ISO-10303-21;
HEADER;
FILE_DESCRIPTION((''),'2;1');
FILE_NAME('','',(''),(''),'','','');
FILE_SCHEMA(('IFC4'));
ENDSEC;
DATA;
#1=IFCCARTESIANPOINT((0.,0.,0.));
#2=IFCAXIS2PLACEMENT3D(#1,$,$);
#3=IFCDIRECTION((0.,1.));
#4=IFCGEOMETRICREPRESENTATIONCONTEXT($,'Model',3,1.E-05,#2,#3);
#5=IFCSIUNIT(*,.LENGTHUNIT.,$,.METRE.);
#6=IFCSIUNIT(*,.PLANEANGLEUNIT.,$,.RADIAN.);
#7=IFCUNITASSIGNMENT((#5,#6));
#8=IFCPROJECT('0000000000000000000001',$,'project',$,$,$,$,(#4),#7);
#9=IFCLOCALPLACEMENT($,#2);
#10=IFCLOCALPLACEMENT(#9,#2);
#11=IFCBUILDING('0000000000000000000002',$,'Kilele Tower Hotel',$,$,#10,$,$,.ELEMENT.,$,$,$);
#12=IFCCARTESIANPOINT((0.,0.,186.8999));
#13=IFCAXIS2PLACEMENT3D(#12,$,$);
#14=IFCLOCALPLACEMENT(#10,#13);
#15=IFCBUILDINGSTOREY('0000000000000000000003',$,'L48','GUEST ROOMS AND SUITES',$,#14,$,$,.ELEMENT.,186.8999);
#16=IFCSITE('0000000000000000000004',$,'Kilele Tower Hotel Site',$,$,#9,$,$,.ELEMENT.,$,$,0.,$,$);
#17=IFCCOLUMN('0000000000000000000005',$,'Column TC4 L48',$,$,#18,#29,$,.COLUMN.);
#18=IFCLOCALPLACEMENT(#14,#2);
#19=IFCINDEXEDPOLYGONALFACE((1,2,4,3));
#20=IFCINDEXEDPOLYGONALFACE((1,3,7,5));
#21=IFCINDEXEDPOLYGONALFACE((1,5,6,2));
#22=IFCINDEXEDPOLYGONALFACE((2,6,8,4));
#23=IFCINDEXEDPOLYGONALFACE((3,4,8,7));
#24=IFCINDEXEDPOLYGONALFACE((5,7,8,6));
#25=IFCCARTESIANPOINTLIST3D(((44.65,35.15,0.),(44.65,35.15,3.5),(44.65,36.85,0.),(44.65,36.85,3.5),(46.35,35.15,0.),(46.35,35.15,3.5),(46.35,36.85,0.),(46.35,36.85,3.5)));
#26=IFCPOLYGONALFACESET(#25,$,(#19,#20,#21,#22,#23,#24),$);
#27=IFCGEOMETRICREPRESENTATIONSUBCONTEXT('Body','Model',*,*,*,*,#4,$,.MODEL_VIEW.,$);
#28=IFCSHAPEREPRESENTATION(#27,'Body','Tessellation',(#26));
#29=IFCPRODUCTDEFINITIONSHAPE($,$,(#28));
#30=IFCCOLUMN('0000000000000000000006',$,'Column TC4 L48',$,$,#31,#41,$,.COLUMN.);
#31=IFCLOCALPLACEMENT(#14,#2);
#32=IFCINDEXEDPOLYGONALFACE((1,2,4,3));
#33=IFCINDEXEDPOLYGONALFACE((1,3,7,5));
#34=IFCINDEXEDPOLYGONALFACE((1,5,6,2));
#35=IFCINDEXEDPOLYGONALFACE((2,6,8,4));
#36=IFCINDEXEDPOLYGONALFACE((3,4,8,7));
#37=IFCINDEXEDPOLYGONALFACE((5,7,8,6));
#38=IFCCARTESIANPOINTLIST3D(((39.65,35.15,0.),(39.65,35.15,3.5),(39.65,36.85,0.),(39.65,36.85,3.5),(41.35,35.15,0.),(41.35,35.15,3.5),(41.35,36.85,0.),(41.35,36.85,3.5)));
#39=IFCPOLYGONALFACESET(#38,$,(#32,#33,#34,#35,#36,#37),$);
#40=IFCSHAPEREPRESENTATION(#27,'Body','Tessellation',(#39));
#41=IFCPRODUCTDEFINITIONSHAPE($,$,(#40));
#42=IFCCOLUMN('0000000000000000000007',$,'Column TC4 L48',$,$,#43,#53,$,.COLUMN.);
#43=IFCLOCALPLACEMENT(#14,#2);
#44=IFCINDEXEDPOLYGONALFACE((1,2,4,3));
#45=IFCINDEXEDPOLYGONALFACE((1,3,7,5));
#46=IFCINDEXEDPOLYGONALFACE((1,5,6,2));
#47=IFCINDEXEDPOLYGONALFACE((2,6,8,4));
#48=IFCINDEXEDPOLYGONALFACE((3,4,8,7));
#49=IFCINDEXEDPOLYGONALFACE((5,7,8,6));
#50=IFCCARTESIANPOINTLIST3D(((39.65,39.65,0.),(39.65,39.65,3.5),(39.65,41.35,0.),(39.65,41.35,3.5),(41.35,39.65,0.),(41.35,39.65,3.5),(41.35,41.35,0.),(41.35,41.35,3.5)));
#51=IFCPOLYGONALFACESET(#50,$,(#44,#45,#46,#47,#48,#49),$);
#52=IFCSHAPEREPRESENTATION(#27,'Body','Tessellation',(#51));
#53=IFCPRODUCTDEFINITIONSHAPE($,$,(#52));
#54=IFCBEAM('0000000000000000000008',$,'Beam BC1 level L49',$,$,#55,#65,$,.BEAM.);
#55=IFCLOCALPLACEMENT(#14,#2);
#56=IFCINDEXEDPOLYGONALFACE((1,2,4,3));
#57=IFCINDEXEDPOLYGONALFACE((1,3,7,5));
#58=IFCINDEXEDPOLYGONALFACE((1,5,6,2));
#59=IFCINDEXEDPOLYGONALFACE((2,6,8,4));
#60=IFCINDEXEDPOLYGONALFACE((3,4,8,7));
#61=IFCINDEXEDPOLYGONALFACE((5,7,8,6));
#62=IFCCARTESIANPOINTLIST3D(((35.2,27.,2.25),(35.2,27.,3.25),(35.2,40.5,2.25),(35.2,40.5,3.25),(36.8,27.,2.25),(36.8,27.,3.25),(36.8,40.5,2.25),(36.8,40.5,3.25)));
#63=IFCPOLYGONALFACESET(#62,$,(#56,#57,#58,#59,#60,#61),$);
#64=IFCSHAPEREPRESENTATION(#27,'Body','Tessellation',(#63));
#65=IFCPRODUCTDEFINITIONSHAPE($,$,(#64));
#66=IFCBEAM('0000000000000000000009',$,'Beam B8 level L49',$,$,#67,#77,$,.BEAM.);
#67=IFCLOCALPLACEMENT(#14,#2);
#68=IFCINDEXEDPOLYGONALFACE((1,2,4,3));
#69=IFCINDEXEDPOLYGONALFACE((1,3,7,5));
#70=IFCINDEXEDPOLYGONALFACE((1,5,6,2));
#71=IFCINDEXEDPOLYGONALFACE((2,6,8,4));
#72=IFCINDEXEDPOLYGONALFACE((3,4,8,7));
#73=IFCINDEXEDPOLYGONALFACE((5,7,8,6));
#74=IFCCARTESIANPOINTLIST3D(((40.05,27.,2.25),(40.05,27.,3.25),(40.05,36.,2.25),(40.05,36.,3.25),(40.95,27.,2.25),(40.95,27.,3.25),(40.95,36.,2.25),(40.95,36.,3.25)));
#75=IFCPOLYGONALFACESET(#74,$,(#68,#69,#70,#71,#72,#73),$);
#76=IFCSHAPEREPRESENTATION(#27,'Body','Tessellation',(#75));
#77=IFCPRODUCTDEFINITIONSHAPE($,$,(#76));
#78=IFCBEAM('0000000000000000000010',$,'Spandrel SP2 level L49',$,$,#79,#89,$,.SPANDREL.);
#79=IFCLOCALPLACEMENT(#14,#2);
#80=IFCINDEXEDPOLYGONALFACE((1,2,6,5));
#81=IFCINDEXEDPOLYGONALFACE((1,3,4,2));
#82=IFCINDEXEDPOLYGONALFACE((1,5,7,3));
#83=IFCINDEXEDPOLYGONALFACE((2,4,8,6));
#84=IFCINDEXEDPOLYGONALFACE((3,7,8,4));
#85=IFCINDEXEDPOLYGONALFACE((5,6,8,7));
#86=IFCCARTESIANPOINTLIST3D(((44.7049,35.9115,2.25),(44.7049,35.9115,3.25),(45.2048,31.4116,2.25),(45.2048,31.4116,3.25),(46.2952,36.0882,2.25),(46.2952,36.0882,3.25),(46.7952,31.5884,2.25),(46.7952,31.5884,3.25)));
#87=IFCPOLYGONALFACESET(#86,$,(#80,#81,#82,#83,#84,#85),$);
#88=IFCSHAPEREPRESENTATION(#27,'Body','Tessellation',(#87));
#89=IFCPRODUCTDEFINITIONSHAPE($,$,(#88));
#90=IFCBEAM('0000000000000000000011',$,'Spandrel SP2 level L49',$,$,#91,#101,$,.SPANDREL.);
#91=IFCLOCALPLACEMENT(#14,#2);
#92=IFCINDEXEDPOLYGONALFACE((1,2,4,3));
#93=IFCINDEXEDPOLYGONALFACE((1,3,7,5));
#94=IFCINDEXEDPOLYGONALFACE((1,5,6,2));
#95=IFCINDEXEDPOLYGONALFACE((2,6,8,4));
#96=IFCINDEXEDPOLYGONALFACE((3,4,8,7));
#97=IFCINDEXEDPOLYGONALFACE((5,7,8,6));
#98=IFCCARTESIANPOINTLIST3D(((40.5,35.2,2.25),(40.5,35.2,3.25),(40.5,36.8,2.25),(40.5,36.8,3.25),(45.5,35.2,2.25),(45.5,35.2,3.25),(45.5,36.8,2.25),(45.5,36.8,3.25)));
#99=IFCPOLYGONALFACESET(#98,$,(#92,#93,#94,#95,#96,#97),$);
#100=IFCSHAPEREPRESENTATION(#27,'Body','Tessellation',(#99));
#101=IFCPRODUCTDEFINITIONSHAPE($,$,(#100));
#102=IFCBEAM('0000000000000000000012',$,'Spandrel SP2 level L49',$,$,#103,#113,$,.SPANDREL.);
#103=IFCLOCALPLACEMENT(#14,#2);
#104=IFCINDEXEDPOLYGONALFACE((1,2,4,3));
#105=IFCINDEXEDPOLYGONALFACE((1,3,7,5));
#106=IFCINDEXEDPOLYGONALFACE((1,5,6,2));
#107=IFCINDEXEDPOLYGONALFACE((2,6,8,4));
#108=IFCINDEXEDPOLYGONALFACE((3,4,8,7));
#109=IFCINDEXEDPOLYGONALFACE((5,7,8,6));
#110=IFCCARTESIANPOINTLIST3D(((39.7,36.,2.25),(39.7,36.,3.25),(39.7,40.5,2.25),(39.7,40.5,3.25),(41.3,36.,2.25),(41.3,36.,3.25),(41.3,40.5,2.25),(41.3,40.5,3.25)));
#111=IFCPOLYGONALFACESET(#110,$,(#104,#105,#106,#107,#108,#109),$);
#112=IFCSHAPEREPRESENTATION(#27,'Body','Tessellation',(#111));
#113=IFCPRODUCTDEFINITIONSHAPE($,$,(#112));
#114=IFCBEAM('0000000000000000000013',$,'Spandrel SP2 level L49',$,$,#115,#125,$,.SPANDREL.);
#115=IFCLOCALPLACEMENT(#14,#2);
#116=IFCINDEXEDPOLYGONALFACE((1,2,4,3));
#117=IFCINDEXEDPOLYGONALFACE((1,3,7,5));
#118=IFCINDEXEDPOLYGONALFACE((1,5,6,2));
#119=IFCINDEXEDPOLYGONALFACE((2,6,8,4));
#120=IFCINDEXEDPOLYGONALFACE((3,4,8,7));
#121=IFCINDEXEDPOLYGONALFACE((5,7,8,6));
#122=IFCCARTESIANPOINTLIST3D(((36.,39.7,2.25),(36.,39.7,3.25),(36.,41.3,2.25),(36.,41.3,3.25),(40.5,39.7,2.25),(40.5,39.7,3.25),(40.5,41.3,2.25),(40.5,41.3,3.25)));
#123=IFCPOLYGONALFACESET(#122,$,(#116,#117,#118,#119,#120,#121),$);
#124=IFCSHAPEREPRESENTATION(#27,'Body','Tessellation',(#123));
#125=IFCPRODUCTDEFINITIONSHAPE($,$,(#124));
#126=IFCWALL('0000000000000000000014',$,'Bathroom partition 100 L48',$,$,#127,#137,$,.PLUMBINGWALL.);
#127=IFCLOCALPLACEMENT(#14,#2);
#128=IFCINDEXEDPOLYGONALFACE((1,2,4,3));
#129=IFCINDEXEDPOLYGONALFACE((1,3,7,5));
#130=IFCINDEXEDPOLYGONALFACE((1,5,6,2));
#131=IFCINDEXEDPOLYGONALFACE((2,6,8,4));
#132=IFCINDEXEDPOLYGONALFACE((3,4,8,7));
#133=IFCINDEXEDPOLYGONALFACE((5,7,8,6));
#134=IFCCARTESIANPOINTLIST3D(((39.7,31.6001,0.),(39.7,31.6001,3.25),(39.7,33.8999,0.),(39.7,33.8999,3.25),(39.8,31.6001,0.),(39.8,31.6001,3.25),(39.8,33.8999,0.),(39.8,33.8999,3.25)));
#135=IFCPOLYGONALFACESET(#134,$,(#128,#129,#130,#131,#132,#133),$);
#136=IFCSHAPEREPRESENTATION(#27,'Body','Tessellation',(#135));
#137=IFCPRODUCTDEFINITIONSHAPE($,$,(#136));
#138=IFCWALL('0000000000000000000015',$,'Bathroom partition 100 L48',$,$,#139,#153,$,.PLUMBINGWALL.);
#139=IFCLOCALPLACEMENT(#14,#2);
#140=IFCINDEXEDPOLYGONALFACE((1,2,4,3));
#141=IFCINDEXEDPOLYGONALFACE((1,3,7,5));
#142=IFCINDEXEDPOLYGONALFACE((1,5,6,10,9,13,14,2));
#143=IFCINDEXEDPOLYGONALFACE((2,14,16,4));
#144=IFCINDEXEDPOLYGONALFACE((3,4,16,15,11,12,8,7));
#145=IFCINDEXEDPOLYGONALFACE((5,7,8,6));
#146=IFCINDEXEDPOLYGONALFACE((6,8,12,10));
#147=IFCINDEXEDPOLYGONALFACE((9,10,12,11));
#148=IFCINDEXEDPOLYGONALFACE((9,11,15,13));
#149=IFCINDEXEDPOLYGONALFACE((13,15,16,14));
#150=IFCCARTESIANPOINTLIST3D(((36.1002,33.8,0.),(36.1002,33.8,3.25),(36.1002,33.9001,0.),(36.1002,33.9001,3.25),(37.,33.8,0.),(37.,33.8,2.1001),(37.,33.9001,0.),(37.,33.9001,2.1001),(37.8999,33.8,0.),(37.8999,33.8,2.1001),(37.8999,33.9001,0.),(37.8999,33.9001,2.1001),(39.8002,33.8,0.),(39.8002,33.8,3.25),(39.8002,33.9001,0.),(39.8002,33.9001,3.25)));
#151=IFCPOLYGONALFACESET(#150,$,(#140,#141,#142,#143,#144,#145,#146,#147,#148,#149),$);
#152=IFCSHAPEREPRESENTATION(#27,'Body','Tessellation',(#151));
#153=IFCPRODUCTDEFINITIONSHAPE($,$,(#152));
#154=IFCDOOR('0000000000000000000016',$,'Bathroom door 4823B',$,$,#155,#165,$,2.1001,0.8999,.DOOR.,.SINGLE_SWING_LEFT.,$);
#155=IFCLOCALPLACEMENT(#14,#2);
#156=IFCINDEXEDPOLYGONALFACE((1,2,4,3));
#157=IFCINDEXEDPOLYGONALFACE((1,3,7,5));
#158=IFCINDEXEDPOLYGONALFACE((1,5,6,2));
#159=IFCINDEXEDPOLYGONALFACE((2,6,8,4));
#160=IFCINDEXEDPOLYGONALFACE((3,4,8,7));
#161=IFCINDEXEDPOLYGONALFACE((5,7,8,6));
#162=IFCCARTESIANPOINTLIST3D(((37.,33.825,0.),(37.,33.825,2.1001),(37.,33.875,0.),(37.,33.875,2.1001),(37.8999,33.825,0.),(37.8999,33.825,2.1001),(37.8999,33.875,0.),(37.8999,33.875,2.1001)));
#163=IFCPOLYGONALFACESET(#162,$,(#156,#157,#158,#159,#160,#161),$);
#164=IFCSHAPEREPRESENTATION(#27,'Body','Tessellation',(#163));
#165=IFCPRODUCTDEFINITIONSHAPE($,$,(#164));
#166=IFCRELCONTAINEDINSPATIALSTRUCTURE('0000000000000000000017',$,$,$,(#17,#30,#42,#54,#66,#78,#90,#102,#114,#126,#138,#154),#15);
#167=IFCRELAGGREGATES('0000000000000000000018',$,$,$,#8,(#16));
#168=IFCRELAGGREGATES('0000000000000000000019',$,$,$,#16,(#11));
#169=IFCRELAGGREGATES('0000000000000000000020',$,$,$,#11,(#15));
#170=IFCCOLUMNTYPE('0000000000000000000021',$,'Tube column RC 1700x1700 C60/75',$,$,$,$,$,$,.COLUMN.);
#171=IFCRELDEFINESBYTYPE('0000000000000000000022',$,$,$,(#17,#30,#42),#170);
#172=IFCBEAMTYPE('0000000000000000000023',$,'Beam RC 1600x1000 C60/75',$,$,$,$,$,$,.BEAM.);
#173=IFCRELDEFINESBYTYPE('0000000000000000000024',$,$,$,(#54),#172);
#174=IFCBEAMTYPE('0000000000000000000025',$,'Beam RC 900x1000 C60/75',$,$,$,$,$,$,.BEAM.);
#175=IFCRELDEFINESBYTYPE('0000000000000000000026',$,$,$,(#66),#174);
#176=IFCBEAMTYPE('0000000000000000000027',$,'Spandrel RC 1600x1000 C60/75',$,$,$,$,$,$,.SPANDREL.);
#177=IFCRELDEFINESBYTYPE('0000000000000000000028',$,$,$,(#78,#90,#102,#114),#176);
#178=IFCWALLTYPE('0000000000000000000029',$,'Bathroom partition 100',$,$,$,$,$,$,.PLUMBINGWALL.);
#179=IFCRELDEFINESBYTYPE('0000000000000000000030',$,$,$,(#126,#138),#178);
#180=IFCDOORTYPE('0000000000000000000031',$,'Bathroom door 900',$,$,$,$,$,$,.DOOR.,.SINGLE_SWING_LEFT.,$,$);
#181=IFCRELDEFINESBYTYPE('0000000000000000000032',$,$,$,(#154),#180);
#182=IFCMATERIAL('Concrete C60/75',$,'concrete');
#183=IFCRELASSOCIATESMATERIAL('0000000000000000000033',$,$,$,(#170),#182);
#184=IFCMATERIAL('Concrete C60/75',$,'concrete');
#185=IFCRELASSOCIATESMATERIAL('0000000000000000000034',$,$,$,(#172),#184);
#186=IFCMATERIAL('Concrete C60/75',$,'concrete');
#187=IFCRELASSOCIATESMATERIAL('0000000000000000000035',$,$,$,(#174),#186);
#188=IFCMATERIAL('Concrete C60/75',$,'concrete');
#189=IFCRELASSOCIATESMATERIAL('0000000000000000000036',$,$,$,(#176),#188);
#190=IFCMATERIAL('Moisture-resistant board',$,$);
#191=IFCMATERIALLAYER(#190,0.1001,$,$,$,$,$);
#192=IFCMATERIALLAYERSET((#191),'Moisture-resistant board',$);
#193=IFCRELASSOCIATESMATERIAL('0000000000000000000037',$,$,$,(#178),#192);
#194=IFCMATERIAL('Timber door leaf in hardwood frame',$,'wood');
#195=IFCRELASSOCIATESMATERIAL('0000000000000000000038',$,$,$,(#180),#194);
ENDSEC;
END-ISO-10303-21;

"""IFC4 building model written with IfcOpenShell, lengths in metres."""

from ifc_helpers import new_model, si_unit, direction, frame, frame_2d, origin, origin_2d, place, context, subcontext, project, spatial, rectangle, extrude, material, layer, layer_set, material_profile, profile_set, type_object, element, fill, save


model = new_model("IFC4")

# Units and contexts
model_context = context("Model", 3, precision=1e-05, world=origin(), true_north=direction((0.0, 1.0)))
body_context = subcontext(model_context, "Body", "Model", "MODEL_VIEW")
ifc_project = project(units=[si_unit("LENGTHUNIT", "METRE"), si_unit("PLANEANGLEUNIT", "RADIAN")], contexts=[model_context])

# Site, building, storey
site_placement = place(None, origin())
site = spatial("IfcSite", under=ifc_project, at=site_placement, Name="Kilele Tower Hotel Site", CompositionType="ELEMENT", RefElevation=0.0)
building_placement = place(site_placement, origin())
building = spatial("IfcBuilding", under=site, at=building_placement, Name="Kilele Tower Hotel", CompositionType="ELEMENT")
storey_placement = place(building_placement, frame((0.0, 0.0, 186.8999)))
storey = spatial("IfcBuildingStorey", under=building, at=storey_placement, Name="L48", Description="GUEST ROOMS AND SUITES", CompositionType="ELEMENT", Elevation=186.8999)

# Columns
ifc_material_1 = material(Name="Concrete C60/75", Category="concrete")
ifc_material_profile_1 = material_profile(ifc_material_1, rectangle(XDim=1.7, YDim=1.7, at=origin_2d()))
ifc_profile_set_1 = profile_set([ifc_material_profile_1], Name="Concrete C60/75")
column_type = type_object("IfcColumnType", Name="Tube column RC 1700x1700 C60/75", PredefinedType="COLUMN", material=ifc_profile_set_1)
for number, where, z_axis, x_axis, name in (
    (1, (45.5, 36.0, 0.0), (0.0, 0.0, 1.0), (1.0, 0.0, 0.0), "Column TC4 L48"),
    (2, (40.5, 36.0, 0.0), (0.0, 0.0, 1.0), (1.0, 0.0, 0.0), "Column TC4 L48"),
    (3, (40.5, 40.5, 0.0), (0.0, 0.0, 1.0), (1.0, 0.0, 0.0), "Column TC4 L48"),
):
    element("IfcColumn", number, at=place(storey_placement, frame(where, z_axis=z_axis, x_axis=x_axis)), inside=storey, type_object=column_type, Name=name, PredefinedType="COLUMN", context=body_context, shape_type="SweptSolid", body=[
        extrude(rectangle(XDim=1.7, YDim=1.7, at=origin_2d()), origin(), (0.0, 0.0, 1.0), 3.5),
    ])

# Beams
ifc_material_2 = material(Name="Concrete C60/75", Category="concrete")
ifc_material_profile_2 = material_profile(ifc_material_2, rectangle(XDim=1.6001, YDim=1.0, at=origin_2d()))
ifc_profile_set_2 = profile_set([ifc_material_profile_2], Name="Concrete C60/75")
beam_type_1 = type_object("IfcBeamType", Name="Beam RC 1600x1000 C60/75", PredefinedType="BEAM", material=ifc_profile_set_2)
beam_1_placement = place(storey_placement, frame((36.0, 40.5, 2.75), z_axis=(0.0, -1.0, 0.0), x_axis=(1.0, 0.0, 0.0)))
element("IfcBeam", 4, at=beam_1_placement, inside=storey, type_object=beam_type_1, Name="Beam BC1 level L49", PredefinedType="BEAM", context=body_context, shape_type="SweptSolid", body=[
    extrude(rectangle(XDim=1.6001, YDim=1.0, at=origin_2d()), origin(), (0.0, 0.0, 1.0), 13.5),
])
ifc_material_3 = material(Name="Concrete C60/75", Category="concrete")
ifc_material_profile_3 = material_profile(ifc_material_3, rectangle(XDim=0.8999, YDim=1.0, at=origin_2d()))
ifc_profile_set_3 = profile_set([ifc_material_profile_3], Name="Concrete C60/75")
beam_type_2 = type_object("IfcBeamType", Name="Beam RC 900x1000 C60/75", PredefinedType="BEAM", material=ifc_profile_set_3)
beam_2_placement = place(storey_placement, frame((40.5, 36.0, 2.75), z_axis=(0.0, -1.0, 0.0), x_axis=(1.0, 0.0, 0.0)))
element("IfcBeam", 5, at=beam_2_placement, inside=storey, type_object=beam_type_2, Name="Beam B8 level L49", PredefinedType="BEAM", context=body_context, shape_type="SweptSolid", body=[
    extrude(rectangle(XDim=0.8999, YDim=1.0, at=origin_2d()), origin(), (0.0, 0.0, 1.0), 9.0),
])
ifc_material_4 = material(Name="Concrete C60/75", Category="concrete")
ifc_material_profile_4 = material_profile(ifc_material_4, rectangle(XDim=1.6001, YDim=1.0, at=origin_2d()))
ifc_profile_set_4 = profile_set([ifc_material_profile_4], Name="Concrete C60/75")
beam_type_3 = type_object("IfcBeamType", Name="Spandrel RC 1600x1000 C60/75", PredefinedType="SPANDREL", material=ifc_profile_set_4)
beam_3_placement = place(storey_placement, frame((46.0, 31.5, 2.75), z_axis=(-0.110432, 0.993884, 0.0), x_axis=(-0.993884, -0.110432, 0.0)))
element("IfcBeam", 6, at=beam_3_placement, inside=storey, type_object=beam_type_3, Name="Spandrel SP2 level L49", PredefinedType="SPANDREL", context=body_context, shape_type="SweptSolid", body=[
    extrude(rectangle(XDim=1.6001, YDim=1.0, at=origin_2d()), origin(), (0.0, 0.0, 1.0), 4.5276),
])
beam_4_placement = place(storey_placement, frame((45.5, 36.0, 2.75), z_axis=(-1.0, 0.0, 0.0), x_axis=(0.0, -1.0, 0.0)))
element("IfcBeam", 7, at=beam_4_placement, inside=storey, type_object=beam_type_3, Name="Spandrel SP2 level L49", PredefinedType="SPANDREL", context=body_context, shape_type="SweptSolid", body=[
    extrude(rectangle(XDim=1.6001, YDim=1.0, at=origin_2d()), origin(), (0.0, 0.0, 1.0), 5.0),
])
for number, where, z_axis, x_axis, name in (
    (8, (40.5, 36.0, 2.75), (0.0, 1.0, 0.0), (-1.0, 0.0, 0.0), "Spandrel SP2 level L49"),
    (9, (40.5, 40.5, 2.75), (-1.0, 0.0, 0.0), (0.0, -1.0, 0.0), "Spandrel SP2 level L49"),
):
    element("IfcBeam", number, at=place(storey_placement, frame(where, z_axis=z_axis, x_axis=x_axis)), inside=storey, type_object=beam_type_3, Name=name, PredefinedType="SPANDREL", context=body_context, shape_type="SweptSolid", body=[
        extrude(rectangle(XDim=1.6001, YDim=1.0, at=origin_2d()), origin(), (0.0, 0.0, 1.0), 4.5),
    ])

# Wall
ifc_material_5 = material(Name="Moisture-resistant board")
ifc_layer_1 = layer(ifc_material_5, 0.1001)
ifc_layer_set_1 = layer_set([ifc_layer_1], Name="Moisture-resistant board")
wall_type_1 = type_object("IfcWallType", Name="Bathroom partition 100", PredefinedType="PLUMBINGWALL", material=ifc_layer_set_1)
wall_1_placement = place(storey_placement, frame((39.75, 31.6001, 0.0), z_axis=(0.0, 0.0, 1.0), x_axis=(0.0, 1.0, 0.0)))
element("IfcWall", 10, at=wall_1_placement, inside=storey, type_object=wall_type_1, Name="Bathroom partition 100 L48", PredefinedType="PLUMBINGWALL", context=body_context, shape_type="SweptSolid", body=[
    extrude(rectangle(XDim=2.2998, YDim=0.1001, at=frame_2d((1.1499, 0.0))), origin(), (0.0, 0.0, 1.0), 3.25),
])

# Wall, opening, door
wall_2_placement = place(storey_placement, frame((36.1001, 33.8501, 0.0), z_axis=(0.0, 0.0, 1.0), x_axis=(1.0, 0.0, 0.0)))
wall_2 = element("IfcWall", 11, at=wall_2_placement, inside=storey, type_object=wall_type_1, Name="Bathroom partition 100 L48", PredefinedType="PLUMBINGWALL", context=body_context, shape_type="SweptSolid", body=[
    extrude(rectangle(XDim=3.7, YDim=0.1001, at=frame_2d((1.8501, 0.0))), origin(), (0.0, 0.0, 1.0), 3.25),
])
opening_1_placement = place(wall_2_placement, frame((0.8999, 0.0, 0.0)))
opening_1 = element("IfcOpeningElement", 12, at=opening_1_placement, cuts=wall_2, PredefinedType="OPENING", context=body_context, shape_type="SweptSolid", body=[
    extrude(rectangle(XDim=0.8999, YDim=2.1001, at=frame_2d((0.45, 1.05))), frame((0.0, 0.0601, 0.0), z_axis=(0.0, -1.0, 0.0), x_axis=(1.0, 0.0, 0.0)), (0.0, 0.0, 1.0), 0.1201),
])
ifc_material_6 = material(Name="Timber door leaf in hardwood frame", Category="wood")
door_type_1 = type_object("IfcDoorType", Name="Bathroom door 900", OperationType="SINGLE_SWING_LEFT", PredefinedType="DOOR", material=ifc_material_6)
door_1_placement = place(opening_1_placement, origin())
door_1 = element("IfcDoor", 13, at=door_1_placement, inside=storey, type_object=door_type_1, Name="Bathroom door 4823B", OperationType="SINGLE_SWING_LEFT", OverallHeight=2.1001, OverallWidth=0.8999, PredefinedType="DOOR", context=body_context, shape_type="SweptSolid", body=[
    extrude(rectangle(XDim=0.8999, YDim=2.1001, at=frame_2d((0.45, 1.05))), frame((0.0, 0.0249, 0.0), z_axis=(0.0, -1.0, 0.0), x_axis=(1.0, 0.0, 0.0)), (0.0, 0.0, 1.0), 0.05),
])
fill(opening_1, door_1)

save(model, "model.ifc")
